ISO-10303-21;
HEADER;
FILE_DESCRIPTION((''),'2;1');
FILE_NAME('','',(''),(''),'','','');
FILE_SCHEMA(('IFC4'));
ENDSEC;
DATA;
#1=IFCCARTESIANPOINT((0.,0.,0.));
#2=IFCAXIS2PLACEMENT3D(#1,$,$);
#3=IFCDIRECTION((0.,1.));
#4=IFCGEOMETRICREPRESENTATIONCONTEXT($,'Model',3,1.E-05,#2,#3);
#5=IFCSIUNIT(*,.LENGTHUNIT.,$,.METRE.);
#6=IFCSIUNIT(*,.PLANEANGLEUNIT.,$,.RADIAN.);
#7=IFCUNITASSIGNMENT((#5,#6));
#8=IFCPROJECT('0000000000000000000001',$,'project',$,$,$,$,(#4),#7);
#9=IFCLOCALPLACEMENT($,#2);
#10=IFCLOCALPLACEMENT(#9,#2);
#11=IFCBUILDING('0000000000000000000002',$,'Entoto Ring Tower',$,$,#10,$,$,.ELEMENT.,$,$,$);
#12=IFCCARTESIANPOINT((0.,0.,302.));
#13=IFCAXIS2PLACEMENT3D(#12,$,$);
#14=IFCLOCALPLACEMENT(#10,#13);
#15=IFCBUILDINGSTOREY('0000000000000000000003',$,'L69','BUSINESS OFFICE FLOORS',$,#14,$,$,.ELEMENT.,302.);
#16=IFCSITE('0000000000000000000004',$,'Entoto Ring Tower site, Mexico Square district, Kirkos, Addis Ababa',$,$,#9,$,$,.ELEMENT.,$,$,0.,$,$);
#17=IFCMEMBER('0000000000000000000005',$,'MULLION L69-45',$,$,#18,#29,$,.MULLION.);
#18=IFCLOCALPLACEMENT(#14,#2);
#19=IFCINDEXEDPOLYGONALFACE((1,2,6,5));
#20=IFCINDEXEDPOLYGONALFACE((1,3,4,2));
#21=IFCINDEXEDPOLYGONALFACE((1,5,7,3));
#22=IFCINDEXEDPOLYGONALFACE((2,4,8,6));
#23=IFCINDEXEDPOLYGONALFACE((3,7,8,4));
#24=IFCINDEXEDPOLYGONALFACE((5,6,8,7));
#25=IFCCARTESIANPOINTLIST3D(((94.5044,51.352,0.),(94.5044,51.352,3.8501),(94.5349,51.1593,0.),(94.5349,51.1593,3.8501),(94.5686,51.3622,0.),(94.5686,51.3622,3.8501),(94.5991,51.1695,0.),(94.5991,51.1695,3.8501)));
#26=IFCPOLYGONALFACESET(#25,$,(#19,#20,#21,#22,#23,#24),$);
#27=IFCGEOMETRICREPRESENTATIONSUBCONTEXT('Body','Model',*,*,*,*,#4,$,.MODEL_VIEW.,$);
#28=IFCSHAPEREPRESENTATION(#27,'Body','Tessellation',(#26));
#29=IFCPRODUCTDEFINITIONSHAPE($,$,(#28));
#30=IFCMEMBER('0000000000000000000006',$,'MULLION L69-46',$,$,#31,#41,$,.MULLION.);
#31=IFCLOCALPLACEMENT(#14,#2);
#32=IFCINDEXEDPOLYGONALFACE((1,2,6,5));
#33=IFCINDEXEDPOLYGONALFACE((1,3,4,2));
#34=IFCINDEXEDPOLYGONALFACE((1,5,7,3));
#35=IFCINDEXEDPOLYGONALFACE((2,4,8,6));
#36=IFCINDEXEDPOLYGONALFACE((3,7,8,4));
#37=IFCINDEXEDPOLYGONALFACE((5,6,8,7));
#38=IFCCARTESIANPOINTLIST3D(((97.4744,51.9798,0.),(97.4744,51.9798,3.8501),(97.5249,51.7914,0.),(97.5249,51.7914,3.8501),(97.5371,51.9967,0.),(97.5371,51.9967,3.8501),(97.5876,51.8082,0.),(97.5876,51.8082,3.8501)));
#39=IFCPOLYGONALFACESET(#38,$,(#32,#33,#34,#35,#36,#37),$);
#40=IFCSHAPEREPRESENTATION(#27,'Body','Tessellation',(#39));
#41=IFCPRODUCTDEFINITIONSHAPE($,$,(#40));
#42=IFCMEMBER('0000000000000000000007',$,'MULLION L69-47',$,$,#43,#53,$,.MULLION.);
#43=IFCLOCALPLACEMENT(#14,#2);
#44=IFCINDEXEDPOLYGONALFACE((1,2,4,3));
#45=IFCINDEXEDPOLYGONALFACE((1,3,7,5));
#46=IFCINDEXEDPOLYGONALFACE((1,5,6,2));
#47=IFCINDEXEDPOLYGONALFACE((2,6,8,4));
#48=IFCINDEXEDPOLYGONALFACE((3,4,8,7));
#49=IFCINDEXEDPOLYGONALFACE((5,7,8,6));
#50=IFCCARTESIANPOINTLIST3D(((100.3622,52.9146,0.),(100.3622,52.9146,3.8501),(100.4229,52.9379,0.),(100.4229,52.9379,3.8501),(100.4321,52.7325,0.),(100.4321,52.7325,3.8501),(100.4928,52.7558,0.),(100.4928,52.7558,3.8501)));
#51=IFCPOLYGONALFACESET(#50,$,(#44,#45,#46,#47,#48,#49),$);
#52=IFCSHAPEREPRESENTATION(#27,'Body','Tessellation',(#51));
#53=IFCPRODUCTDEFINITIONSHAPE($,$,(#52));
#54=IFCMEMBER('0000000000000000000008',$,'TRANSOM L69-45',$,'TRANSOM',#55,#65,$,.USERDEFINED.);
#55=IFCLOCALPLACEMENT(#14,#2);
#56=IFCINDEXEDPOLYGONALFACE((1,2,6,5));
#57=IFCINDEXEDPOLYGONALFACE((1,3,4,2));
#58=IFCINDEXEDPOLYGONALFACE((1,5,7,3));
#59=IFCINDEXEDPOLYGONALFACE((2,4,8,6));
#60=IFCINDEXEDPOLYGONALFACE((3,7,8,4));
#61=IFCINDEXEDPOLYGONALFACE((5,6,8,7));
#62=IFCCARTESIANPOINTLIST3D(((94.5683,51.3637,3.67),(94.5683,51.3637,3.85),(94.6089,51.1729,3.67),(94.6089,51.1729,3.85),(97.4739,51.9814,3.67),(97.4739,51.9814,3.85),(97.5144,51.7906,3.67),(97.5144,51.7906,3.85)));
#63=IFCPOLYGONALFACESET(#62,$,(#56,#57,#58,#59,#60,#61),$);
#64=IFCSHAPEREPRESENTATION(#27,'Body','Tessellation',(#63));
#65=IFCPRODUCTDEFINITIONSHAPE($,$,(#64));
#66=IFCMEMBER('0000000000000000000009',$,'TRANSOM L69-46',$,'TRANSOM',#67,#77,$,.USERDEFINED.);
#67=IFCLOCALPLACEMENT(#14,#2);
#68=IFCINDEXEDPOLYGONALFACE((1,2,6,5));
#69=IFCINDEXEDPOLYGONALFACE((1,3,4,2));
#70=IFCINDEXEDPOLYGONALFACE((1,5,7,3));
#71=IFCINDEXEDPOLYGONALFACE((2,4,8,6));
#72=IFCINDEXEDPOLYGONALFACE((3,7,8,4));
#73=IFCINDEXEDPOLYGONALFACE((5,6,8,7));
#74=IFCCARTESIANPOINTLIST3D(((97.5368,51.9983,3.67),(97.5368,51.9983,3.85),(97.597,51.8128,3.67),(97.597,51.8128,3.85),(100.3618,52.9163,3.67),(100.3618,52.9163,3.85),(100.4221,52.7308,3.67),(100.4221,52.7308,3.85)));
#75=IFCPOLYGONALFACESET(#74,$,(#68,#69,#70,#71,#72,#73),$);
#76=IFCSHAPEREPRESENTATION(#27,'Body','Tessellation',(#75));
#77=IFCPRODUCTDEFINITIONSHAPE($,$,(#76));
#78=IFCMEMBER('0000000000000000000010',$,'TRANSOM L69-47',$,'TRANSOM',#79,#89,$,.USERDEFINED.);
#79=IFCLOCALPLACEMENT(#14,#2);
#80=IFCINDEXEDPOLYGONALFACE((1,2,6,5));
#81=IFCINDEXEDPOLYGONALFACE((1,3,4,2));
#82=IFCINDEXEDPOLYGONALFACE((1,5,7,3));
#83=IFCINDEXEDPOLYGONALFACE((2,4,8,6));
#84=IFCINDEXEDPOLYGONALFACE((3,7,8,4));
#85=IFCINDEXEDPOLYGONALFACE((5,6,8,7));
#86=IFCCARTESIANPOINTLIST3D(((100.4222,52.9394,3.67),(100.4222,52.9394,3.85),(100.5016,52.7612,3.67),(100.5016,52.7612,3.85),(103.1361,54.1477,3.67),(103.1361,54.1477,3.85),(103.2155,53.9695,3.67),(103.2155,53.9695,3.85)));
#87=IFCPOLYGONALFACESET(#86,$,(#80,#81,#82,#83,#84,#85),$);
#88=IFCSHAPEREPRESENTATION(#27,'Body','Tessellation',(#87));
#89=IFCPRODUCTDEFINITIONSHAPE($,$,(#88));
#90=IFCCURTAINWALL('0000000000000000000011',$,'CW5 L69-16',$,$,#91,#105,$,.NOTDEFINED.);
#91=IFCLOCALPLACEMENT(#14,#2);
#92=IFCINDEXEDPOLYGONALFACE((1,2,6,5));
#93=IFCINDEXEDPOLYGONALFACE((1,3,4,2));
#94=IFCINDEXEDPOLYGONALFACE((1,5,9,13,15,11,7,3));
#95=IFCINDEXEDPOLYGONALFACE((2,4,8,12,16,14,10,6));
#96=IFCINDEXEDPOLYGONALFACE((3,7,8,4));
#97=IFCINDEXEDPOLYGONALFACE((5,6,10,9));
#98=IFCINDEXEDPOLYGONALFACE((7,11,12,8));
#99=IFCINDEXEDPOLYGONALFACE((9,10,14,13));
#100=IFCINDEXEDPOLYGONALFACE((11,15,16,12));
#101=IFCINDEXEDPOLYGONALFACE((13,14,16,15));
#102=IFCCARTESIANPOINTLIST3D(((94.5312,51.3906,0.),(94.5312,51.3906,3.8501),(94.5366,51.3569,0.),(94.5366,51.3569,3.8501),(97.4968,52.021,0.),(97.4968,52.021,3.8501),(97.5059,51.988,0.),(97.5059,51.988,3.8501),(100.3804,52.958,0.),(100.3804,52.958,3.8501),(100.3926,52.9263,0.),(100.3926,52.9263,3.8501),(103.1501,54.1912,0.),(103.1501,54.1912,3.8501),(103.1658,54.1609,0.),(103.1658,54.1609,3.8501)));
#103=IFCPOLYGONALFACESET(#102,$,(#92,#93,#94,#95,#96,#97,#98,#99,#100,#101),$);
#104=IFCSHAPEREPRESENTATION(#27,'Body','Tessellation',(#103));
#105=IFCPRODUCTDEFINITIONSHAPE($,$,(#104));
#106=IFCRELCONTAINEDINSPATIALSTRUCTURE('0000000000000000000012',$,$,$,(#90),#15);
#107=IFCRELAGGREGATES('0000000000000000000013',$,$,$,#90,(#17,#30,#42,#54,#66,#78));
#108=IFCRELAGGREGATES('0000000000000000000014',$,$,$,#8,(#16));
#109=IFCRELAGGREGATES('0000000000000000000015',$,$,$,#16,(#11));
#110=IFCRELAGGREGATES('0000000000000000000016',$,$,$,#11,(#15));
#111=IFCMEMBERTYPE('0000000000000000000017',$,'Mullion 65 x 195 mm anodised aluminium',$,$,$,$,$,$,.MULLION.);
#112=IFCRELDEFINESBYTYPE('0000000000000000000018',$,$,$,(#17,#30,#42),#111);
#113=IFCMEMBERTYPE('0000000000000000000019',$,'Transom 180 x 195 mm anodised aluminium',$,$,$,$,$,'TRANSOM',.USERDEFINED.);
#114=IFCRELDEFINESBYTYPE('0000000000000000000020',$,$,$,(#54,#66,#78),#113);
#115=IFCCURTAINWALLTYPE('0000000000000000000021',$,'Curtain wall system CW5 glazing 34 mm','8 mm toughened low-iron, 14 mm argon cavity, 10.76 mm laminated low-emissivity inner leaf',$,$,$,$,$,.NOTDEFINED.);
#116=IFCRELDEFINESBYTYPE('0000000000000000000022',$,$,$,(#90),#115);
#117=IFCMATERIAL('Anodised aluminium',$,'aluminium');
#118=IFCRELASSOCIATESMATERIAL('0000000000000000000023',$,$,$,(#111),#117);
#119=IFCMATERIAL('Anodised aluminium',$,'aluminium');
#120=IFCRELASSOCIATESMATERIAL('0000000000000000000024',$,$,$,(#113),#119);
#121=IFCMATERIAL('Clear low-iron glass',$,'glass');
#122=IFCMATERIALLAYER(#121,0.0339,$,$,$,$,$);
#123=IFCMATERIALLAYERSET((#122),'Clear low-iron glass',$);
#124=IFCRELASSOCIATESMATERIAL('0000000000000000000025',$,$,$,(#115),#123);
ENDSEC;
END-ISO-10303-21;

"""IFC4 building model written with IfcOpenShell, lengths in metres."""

from ifc_helpers import new_model, si_unit, direction, frame, origin, origin_2d, place, context, subcontext, project, spatial, polyline, rectangle, outline, extrude, material, layer, layer_set, material_profile, profile_set, type_object, element, aggregate, save


model = new_model("IFC4")

# Units and contexts
model_context = context("Model", 3, precision=1e-05, world=origin(), true_north=direction((0.0, 1.0)))
body_context = subcontext(model_context, "Body", "Model", "MODEL_VIEW")
ifc_project = project(units=[si_unit("LENGTHUNIT", "METRE"), si_unit("PLANEANGLEUNIT", "RADIAN")], contexts=[model_context])

# Members
ifc_material_1 = material(Name="Anodised aluminium", Category="aluminium")
ifc_material_profile_1 = material_profile(ifc_material_1, rectangle(XDim=0.0649, YDim=0.1951, at=origin_2d()), Name="Mullion 65 x 195 mm anodised aluminium")
ifc_profile_set_1 = profile_set([ifc_material_profile_1], Name="Anodised aluminium")
member_type_1 = type_object("IfcMemberType", Name="Mullion 65 x 195 mm anodised aluminium", PredefinedType="MULLION", material=ifc_profile_set_1)
site_placement = place(None, origin())
building_placement = place(site_placement, origin())
storey_placement = place(building_placement, frame((0.0, 0.0, 302.0)))
member_1_placement = place(storey_placement, frame((94.5518, 51.2607, 0.0), z_axis=(0.0, 0.0, 1.0), x_axis=(0.987688, 0.156434, 0.0)))
member_1 = element("IfcMember", 1, at=member_1_placement, type_object=member_type_1, Name="MULLION L69-45", PredefinedType="MULLION", context=body_context, shape_type="SweptSolid", body=[
    extrude(rectangle(XDim=0.0649, YDim=0.1951, at=origin_2d()), origin(), (0.0, 0.0, 1.0), 3.8501),
])
member_2_placement = place(storey_placement, frame((97.531, 51.894, 0.0), z_axis=(0.0, 0.0, 1.0), x_axis=(0.965926, 0.258819, 0.0)))
member_2 = element("IfcMember", 2, at=member_2_placement, type_object=member_type_1, Name="MULLION L69-46", PredefinedType="MULLION", context=body_context, shape_type="SweptSolid", body=[
    extrude(rectangle(XDim=0.0649, YDim=0.1951, at=origin_2d()), origin(), (0.0, 0.0, 1.0), 3.8501),
])
member_3_placement = place(storey_placement, frame((100.4275, 52.8352, 0.0), z_axis=(0.0, 0.0, 1.0), x_axis=(0.93358, 0.358368, 0.0)))
member_3 = element("IfcMember", 3, at=member_3_placement, type_object=member_type_1, Name="MULLION L69-47", PredefinedType="MULLION", context=body_context, shape_type="SweptSolid", body=[
    extrude(rectangle(XDim=0.0649, YDim=0.1951, at=origin_2d()), origin(), (0.0, 0.0, 1.0), 3.8501),
])
ifc_material_2 = material(Name="Anodised aluminium", Category="aluminium")
ifc_material_profile_2 = material_profile(ifc_material_2, rectangle(XDim=0.1951, YDim=0.1799, at=origin_2d()), Name="Transom 180 x 195 mm anodised aluminium")
ifc_profile_set_2 = profile_set([ifc_material_profile_2], Name="Anodised aluminium")
member_type_2 = type_object("IfcMemberType", Name="Transom 180 x 195 mm anodised aluminium", ElementType="TRANSOM", PredefinedType="USERDEFINED", material=ifc_profile_set_2)
member_4_placement = place(storey_placement, frame((94.5886, 51.2683, 3.76), z_axis=(0.978142, 0.20794, 0.0), x_axis=(-0.20794, 0.978142, 0.0)))
member_4 = element("IfcMember", 4, at=member_4_placement, type_object=member_type_2, Name="TRANSOM L69-45", ObjectType="TRANSOM", PredefinedType="USERDEFINED", context=body_context, shape_type="SweptSolid", body=[
    extrude(rectangle(XDim=0.1951, YDim=0.1799, at=origin_2d()), origin(), (0.0, 0.0, 1.0), 2.9705),
])
member_5_placement = place(storey_placement, frame((97.5669, 51.9055, 3.76), z_axis=(0.951048, 0.309043, 0.0), x_axis=(-0.309043, 0.951048, 0.0)))
member_5 = element("IfcMember", 5, at=member_5_placement, type_object=member_type_2, Name="TRANSOM L69-46", ObjectType="TRANSOM", PredefinedType="USERDEFINED", context=body_context, shape_type="SweptSolid", body=[
    extrude(rectangle(XDim=0.1951, YDim=0.1799, at=origin_2d()), origin(), (0.0, 0.0, 1.0), 2.9705),
])
member_6_placement = place(storey_placement, frame((100.4619, 52.8503, 3.76), z_axis=(0.91355, 0.406726, 0.0), x_axis=(-0.406726, 0.91355, 0.0)))
member_6 = element("IfcMember", 6, at=member_6_placement, type_object=member_type_2, Name="TRANSOM L69-47", ObjectType="TRANSOM", PredefinedType="USERDEFINED", context=body_context, shape_type="SweptSolid", body=[
    extrude(rectangle(XDim=0.1951, YDim=0.1799, at=origin_2d()), origin(), (0.0, 0.0, 1.0), 2.9707),
])

# Site, building, storey
site = spatial("IfcSite", under=ifc_project, at=site_placement, Name="Entoto Ring Tower site, Mexico Square district, Kirkos, Addis Ababa", CompositionType="ELEMENT", RefElevation=0.0)
building = spatial("IfcBuilding", under=site, at=building_placement, Name="Entoto Ring Tower", CompositionType="ELEMENT")
storey = spatial("IfcBuildingStorey", under=building, at=storey_placement, Name="L69", Description="BUSINESS OFFICE FLOORS", CompositionType="ELEMENT", Elevation=302.0)

# Curtain wall
ifc_material_3 = material(Name="Clear low-iron glass", Category="glass")
ifc_layer_1 = layer(ifc_material_3, 0.0339)
ifc_layer_set_1 = layer_set([ifc_layer_1], Name="Clear low-iron glass")
curtain_wall_type = type_object("IfcCurtainWallType", Name="Curtain wall system CW5 glazing 34 mm", Description="8 mm toughened low-iron, 14 mm argon cavity, 10.76 mm laminated low-emissivity inner leaf", PredefinedType="NOTDEFINED", material=ifc_layer_set_1)
curtain_wall_1_placement = place(storey_placement, origin())
curtain_wall_1 = element("IfcCurtainWall", 7, at=curtain_wall_1_placement, inside=storey, type_object=curtain_wall_type, Name="CW5 L69-16", PredefinedType="NOTDEFINED", context=body_context, shape_type="SweptSolid", body=[
    extrude(outline(polyline([(94.5366, 51.3569), (97.5059, 51.988), (100.3926, 52.9263), (103.1658, 54.1609), (103.1501, 54.1912), (100.3804, 52.958), (97.4968, 52.021), (94.5312, 51.3906), (94.5366, 51.3569)])), origin(), (0.0, 0.0, 1.0), 3.8501),
])
aggregate(curtain_wall_1, [member_1, member_2, member_3, member_4, member_5, member_6])

save(model, "model.ifc")
